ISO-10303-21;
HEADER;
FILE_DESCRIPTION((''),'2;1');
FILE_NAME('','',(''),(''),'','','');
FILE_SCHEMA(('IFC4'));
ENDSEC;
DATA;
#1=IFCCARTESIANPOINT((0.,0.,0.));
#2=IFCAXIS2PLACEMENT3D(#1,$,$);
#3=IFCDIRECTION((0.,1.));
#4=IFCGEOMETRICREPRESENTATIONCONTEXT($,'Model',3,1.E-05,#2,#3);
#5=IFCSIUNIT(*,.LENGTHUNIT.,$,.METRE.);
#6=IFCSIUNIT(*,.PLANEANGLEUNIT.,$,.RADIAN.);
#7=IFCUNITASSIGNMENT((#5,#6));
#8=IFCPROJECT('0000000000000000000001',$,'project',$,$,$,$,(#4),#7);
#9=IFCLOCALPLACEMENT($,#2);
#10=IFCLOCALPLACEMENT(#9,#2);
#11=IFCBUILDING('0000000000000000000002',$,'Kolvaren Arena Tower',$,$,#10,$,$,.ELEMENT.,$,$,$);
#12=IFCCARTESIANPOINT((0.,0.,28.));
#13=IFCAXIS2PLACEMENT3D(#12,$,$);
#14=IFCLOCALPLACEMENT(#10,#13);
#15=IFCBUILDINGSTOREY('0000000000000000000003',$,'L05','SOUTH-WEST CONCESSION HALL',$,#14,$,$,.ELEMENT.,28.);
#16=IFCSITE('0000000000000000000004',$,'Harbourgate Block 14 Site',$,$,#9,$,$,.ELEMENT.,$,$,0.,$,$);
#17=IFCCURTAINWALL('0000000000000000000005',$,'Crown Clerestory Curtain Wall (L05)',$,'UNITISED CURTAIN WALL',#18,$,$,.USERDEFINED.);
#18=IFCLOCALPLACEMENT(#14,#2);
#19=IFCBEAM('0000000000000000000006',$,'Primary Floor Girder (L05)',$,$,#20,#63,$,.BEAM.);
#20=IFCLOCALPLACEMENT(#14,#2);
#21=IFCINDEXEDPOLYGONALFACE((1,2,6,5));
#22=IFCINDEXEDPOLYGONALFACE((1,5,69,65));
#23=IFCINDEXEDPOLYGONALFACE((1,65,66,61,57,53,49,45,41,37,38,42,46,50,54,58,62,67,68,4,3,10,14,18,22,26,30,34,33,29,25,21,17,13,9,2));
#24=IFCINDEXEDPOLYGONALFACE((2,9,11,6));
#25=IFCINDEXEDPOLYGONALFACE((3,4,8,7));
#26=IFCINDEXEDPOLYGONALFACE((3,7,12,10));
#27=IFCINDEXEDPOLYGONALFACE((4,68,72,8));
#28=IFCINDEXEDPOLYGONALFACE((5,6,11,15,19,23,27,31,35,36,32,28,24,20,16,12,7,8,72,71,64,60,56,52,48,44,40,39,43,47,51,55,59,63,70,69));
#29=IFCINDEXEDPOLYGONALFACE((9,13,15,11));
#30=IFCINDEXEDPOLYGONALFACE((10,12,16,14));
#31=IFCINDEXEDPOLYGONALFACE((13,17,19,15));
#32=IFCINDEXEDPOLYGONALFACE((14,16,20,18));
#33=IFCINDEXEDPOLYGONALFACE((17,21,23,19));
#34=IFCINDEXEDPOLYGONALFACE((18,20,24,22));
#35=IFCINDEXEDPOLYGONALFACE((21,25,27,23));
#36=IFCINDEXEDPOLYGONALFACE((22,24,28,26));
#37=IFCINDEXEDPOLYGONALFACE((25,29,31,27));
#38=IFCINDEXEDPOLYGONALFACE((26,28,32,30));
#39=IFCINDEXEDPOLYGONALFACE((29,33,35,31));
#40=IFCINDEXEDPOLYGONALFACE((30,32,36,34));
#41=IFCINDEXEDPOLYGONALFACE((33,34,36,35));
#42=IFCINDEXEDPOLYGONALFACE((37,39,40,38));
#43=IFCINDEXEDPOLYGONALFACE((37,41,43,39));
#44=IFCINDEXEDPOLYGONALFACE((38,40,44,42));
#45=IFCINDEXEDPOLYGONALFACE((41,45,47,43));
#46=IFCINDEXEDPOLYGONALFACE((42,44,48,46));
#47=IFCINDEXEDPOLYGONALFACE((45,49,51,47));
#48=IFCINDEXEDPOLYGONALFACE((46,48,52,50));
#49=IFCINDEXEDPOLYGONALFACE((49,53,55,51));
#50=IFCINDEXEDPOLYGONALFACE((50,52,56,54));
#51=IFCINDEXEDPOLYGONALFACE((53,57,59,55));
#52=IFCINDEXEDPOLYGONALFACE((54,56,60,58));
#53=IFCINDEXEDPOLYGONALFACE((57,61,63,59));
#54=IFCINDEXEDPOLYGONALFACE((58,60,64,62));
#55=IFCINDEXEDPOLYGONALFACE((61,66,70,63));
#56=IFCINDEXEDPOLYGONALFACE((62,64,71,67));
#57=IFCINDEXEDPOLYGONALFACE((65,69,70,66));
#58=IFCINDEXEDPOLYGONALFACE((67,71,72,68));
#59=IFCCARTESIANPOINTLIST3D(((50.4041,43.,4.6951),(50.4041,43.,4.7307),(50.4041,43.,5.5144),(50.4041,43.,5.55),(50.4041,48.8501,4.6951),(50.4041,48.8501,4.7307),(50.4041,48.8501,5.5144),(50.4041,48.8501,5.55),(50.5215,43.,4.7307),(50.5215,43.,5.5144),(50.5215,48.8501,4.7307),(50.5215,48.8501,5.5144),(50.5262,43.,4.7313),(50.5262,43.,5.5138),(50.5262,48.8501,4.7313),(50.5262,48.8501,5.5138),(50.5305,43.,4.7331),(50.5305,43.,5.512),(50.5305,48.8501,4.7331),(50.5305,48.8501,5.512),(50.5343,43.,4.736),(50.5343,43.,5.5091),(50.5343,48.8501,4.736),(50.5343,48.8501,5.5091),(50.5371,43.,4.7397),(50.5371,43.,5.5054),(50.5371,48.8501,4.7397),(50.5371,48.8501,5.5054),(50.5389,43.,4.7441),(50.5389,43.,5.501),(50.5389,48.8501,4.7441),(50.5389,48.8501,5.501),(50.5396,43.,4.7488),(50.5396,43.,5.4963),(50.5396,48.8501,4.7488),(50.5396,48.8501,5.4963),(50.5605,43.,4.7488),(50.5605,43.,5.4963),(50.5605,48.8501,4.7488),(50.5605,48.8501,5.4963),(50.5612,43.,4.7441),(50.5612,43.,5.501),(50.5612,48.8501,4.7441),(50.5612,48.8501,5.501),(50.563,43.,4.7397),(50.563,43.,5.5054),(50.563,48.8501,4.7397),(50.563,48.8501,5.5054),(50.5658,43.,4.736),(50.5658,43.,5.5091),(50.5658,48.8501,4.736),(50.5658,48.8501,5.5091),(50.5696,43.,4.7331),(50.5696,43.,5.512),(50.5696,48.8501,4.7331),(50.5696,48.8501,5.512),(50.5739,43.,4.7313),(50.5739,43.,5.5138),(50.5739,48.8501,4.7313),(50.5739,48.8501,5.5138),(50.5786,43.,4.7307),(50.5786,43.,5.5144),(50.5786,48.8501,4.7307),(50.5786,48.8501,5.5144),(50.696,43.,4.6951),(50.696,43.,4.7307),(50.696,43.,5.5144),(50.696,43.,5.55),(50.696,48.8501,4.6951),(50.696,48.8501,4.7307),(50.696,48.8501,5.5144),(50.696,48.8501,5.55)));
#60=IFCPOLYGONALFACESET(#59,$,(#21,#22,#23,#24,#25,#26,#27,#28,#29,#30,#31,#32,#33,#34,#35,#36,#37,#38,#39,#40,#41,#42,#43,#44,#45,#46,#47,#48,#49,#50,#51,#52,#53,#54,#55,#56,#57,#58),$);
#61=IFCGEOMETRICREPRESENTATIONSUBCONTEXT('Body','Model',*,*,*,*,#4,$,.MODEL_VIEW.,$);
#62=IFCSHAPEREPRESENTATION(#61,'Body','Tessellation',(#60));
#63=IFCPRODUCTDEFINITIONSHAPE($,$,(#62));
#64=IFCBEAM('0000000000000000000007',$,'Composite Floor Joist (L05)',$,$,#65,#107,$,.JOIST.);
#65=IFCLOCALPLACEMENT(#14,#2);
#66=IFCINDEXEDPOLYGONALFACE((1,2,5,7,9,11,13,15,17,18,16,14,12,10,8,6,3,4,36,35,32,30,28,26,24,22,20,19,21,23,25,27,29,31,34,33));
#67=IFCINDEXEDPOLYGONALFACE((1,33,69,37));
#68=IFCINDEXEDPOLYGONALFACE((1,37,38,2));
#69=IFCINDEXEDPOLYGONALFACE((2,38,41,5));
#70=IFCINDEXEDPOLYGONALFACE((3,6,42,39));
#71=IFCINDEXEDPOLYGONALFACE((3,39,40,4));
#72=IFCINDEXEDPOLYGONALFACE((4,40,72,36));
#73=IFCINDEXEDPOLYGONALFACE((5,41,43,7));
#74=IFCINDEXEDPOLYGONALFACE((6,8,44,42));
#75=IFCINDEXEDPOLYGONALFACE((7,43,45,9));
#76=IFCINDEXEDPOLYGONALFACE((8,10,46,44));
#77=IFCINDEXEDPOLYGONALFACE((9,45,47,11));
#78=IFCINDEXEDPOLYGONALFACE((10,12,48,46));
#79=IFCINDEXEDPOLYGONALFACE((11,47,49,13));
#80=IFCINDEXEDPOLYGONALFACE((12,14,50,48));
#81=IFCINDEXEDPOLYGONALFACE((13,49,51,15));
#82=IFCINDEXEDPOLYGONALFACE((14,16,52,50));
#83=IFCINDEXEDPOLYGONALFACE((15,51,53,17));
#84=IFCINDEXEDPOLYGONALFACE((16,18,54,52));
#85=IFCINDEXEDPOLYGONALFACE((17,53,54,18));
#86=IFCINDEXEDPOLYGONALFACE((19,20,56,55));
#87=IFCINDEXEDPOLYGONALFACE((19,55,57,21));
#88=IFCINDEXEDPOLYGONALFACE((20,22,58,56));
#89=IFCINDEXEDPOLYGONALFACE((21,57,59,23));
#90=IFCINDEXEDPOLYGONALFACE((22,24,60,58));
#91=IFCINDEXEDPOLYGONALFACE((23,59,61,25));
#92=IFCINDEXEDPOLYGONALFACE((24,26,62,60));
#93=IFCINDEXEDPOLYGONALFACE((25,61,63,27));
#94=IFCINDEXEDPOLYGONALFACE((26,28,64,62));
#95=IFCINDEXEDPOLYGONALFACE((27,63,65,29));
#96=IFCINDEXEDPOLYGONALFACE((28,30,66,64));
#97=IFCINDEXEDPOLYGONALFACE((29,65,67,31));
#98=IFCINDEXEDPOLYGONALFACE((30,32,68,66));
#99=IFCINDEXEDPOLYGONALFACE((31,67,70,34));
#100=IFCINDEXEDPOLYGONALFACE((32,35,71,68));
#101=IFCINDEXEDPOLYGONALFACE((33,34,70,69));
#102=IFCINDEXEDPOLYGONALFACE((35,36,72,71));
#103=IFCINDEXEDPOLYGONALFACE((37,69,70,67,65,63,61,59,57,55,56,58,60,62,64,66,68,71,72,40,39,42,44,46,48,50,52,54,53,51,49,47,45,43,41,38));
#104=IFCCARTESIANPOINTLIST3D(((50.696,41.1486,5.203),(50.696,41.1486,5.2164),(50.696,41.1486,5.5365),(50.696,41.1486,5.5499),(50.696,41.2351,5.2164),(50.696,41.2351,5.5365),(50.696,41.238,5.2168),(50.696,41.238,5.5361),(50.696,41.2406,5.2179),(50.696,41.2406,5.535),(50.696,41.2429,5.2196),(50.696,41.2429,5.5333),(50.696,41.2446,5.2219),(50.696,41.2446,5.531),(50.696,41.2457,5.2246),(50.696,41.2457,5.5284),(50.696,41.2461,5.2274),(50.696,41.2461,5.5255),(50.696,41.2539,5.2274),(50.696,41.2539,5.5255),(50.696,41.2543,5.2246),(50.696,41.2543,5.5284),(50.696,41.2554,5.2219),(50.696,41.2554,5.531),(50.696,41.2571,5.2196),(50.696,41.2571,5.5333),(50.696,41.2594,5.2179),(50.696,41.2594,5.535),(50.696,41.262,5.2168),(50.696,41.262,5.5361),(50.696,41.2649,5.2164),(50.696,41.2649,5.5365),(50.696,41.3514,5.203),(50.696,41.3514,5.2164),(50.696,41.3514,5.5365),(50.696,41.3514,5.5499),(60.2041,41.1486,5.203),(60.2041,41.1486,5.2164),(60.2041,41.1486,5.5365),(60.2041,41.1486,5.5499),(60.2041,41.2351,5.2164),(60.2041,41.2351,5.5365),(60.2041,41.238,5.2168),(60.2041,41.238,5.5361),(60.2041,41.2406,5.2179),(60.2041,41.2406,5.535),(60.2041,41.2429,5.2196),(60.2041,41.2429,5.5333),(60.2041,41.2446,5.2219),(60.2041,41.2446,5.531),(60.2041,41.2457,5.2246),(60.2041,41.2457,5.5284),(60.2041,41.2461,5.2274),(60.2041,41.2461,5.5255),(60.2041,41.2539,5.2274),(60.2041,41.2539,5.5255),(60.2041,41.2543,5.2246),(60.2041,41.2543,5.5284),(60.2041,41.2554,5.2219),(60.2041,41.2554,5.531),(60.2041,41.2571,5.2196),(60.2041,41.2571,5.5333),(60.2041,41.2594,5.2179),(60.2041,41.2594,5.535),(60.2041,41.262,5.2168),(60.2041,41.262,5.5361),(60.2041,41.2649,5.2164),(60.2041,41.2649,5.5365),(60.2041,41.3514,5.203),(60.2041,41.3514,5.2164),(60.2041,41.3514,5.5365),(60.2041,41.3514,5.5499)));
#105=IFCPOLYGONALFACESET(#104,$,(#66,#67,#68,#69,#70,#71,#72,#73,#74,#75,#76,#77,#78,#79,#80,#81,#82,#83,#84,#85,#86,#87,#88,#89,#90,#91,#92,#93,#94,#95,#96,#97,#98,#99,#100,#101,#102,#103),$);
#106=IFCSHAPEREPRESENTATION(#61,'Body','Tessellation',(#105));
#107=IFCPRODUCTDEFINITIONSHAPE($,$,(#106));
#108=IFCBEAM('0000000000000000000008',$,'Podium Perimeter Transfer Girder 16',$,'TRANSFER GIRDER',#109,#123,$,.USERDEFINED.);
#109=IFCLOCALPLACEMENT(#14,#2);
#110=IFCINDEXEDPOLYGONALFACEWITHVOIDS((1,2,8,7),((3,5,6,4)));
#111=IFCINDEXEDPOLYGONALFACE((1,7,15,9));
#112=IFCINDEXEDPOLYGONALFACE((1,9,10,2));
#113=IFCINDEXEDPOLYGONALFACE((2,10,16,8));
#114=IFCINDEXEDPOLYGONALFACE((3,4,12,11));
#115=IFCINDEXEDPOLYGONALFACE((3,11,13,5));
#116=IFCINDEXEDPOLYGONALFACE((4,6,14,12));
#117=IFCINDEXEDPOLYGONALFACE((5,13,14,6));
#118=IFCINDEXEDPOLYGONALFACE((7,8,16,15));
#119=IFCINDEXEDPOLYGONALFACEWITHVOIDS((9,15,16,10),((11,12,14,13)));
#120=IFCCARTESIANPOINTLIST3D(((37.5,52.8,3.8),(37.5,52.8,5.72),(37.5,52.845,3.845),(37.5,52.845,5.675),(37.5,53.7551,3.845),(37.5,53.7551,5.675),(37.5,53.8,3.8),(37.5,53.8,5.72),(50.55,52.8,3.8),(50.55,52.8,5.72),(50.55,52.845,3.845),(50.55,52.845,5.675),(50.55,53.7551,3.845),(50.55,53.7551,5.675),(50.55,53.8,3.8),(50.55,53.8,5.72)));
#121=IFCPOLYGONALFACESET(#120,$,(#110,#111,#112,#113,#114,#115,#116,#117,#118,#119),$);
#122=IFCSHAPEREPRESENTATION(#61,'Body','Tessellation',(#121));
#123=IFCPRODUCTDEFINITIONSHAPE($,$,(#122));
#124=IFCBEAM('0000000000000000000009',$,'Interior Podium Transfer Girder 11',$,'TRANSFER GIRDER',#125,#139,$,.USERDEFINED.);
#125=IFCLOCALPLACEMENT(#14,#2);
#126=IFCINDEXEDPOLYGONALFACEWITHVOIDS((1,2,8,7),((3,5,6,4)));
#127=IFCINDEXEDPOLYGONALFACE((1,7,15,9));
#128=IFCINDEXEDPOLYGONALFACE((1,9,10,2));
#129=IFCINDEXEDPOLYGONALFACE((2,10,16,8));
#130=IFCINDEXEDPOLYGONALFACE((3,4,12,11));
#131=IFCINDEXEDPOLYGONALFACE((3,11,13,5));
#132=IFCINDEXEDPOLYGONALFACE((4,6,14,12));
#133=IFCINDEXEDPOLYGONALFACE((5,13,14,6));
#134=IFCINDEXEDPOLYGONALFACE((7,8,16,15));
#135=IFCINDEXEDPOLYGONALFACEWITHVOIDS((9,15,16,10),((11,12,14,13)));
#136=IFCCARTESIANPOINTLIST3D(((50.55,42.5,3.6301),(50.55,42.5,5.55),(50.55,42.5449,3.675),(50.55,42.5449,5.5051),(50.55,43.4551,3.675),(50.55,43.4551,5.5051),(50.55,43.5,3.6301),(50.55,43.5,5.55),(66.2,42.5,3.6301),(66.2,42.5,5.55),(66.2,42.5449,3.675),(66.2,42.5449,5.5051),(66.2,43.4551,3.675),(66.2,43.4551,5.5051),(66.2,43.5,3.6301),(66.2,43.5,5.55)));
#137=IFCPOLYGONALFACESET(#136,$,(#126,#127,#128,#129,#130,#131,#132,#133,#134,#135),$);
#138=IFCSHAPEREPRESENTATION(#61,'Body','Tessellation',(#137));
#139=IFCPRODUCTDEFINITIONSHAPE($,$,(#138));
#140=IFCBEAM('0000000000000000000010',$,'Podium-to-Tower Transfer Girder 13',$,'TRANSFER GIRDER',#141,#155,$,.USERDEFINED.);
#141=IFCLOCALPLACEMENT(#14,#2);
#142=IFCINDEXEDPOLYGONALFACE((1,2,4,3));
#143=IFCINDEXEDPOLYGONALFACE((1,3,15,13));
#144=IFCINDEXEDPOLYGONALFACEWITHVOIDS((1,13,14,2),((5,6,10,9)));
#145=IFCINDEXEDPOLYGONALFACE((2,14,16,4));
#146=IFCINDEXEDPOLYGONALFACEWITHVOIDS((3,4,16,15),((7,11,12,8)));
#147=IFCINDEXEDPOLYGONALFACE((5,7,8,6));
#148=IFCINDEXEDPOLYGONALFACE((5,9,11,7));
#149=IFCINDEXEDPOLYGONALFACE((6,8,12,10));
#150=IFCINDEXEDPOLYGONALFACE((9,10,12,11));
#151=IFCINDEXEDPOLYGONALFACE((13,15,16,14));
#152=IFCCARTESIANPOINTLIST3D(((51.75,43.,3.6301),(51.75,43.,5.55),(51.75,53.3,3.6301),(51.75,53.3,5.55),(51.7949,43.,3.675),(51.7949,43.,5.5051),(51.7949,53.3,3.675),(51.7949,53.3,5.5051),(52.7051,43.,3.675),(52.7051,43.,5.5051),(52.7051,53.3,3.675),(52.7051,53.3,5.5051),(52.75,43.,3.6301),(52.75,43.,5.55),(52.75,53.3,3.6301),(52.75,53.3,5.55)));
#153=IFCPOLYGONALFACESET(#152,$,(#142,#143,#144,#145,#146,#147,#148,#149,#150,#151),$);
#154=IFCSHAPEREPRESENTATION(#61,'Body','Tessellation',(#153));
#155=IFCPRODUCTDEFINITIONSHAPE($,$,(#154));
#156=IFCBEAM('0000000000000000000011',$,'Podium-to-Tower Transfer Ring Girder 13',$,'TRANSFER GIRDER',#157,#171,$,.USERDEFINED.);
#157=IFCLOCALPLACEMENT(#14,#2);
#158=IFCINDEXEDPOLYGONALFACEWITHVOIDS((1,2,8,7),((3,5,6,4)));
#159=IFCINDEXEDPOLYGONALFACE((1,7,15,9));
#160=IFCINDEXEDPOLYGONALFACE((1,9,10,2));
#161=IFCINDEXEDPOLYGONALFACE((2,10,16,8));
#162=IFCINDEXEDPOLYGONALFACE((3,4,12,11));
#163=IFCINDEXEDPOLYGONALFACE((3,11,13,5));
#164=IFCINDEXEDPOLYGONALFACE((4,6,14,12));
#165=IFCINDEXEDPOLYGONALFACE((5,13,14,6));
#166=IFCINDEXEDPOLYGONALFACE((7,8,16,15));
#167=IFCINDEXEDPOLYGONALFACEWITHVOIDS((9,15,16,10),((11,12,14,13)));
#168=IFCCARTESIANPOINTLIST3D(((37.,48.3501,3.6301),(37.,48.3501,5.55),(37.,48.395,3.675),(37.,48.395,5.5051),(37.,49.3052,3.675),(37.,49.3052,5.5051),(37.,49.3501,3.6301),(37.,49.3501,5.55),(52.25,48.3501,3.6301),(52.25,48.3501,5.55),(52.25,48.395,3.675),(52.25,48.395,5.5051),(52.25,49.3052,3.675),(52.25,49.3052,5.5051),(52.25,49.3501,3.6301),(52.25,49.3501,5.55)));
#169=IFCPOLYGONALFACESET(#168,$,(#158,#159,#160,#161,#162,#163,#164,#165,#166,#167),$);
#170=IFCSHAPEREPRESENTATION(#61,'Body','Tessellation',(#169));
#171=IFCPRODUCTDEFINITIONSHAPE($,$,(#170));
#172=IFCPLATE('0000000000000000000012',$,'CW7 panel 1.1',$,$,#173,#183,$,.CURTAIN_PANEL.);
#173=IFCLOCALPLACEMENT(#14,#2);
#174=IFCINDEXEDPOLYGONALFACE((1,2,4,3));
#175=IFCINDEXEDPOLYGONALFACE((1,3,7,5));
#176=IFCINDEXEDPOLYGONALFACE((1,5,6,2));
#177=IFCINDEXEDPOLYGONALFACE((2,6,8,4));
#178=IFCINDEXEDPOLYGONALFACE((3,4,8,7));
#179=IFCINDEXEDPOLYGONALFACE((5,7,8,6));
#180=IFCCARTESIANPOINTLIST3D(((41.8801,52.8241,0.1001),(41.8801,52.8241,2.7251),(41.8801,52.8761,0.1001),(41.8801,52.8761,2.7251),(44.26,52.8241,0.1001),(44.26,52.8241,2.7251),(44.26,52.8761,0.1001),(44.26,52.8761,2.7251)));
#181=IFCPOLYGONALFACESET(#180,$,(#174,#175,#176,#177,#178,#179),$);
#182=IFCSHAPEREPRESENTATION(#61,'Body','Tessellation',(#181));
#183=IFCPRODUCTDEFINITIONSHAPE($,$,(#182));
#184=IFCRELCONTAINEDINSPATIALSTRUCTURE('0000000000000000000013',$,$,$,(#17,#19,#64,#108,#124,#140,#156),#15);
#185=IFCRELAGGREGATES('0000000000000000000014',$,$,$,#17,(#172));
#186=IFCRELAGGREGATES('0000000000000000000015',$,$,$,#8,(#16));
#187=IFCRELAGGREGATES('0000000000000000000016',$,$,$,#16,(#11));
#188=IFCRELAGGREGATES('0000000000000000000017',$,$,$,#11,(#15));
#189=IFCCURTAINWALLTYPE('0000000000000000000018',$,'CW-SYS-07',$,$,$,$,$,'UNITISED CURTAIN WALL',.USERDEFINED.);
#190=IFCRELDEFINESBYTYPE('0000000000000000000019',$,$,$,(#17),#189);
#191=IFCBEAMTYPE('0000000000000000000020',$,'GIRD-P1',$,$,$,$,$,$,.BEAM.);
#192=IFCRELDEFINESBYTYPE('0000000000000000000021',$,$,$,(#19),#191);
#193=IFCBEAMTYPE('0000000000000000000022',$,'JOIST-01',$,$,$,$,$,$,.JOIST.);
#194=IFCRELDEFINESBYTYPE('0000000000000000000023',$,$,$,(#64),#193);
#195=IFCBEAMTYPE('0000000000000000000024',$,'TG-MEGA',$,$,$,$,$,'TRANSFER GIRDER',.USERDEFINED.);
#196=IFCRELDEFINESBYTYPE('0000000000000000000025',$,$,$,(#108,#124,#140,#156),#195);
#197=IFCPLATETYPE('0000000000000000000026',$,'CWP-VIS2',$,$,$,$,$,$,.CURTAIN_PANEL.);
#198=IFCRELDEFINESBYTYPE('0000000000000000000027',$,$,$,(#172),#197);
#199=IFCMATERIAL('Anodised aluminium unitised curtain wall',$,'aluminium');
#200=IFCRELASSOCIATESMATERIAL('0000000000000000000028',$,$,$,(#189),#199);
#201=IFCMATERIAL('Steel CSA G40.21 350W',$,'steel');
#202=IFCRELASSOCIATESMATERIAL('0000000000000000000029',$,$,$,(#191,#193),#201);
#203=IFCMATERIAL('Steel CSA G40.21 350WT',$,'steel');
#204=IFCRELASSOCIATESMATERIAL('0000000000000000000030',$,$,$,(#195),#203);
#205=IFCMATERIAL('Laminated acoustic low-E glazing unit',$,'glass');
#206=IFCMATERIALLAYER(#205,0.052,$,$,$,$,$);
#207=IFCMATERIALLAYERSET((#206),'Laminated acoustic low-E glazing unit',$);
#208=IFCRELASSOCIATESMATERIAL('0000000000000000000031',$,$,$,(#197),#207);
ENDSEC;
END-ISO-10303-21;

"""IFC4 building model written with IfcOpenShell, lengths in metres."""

from ifc_helpers import new_model, si_unit, direction, frame, origin, origin_2d, place, context, subcontext, project, spatial, rectangle, hollow_rectangle, i_section, extrude, material, layer, layer_set, material_profile, profile_set, type_object, element, aggregate, save


model = new_model("IFC4")

# Units and contexts
model_context = context("Model", 3, precision=1e-05, world=origin(), true_north=direction((0.0, 1.0)))
body_context = subcontext(model_context, "Body", "Model", "MODEL_VIEW")
ifc_project = project(units=[si_unit("LENGTHUNIT", "METRE"), si_unit("PLANEANGLEUNIT", "RADIAN")], contexts=[model_context])

# Site, building, storey
site_placement = place(None, origin())
site = spatial("IfcSite", under=ifc_project, at=site_placement, Name="Harbourgate Block 14 Site", CompositionType="ELEMENT", RefElevation=0.0)
building_placement = place(site_placement, origin())
building = spatial("IfcBuilding", under=site, at=building_placement, Name="Kolvaren Arena Tower", CompositionType="ELEMENT")
storey_placement = place(building_placement, frame((0.0, 0.0, 28.0)))
storey = spatial("IfcBuildingStorey", under=building, at=storey_placement, Name="L05", Description="SOUTH-WEST CONCESSION HALL", CompositionType="ELEMENT", Elevation=28.0)

# Curtain wall
ifc_material_1 = material(Name="Anodised aluminium unitised curtain wall", Category="aluminium")
curtain_wall_type = type_object("IfcCurtainWallType", Name="CW-SYS-07", ElementType="UNITISED CURTAIN WALL", PredefinedType="USERDEFINED", material=ifc_material_1)
curtain_wall_placement = place(storey_placement, origin())
curtain_wall = element("IfcCurtainWall", 1, at=curtain_wall_placement, inside=storey, type_object=curtain_wall_type, Name="Crown Clerestory Curtain Wall (L05)", ObjectType="UNITISED CURTAIN WALL", PredefinedType="USERDEFINED")

# Beams
ifc_material_2 = material(Name="Steel CSA G40.21 350W", Category="steel")
ifc_material_profile_1 = material_profile(ifc_material_2, i_section(OverallWidth=0.292, OverallDepth=0.855, WebThickness=0.021, FlangeThickness=0.0356, FilletRadius=0.0181, at=origin_2d()), Name="W840x299")
ifc_profile_set_1 = profile_set([ifc_material_profile_1], Name="Steel CSA G40.21 350W")
beam_type_1 = type_object("IfcBeamType", Name="GIRD-P1", PredefinedType="BEAM", material=ifc_profile_set_1)
beam_1_placement = place(storey_placement, frame((50.55, 43.0, 5.1226), z_axis=(0.0, 1.0, 0.0), x_axis=(-1.0, 0.0, 0.0)))
element("IfcBeam", 2, at=beam_1_placement, inside=storey, type_object=beam_type_1, Name="Primary Floor Girder (L05)", PredefinedType="BEAM", context=body_context, shape_type="SweptSolid", body=[
    extrude(i_section(OverallWidth=0.292, OverallDepth=0.855, WebThickness=0.021, FlangeThickness=0.0356, FilletRadius=0.0181, at=origin_2d()), origin(), (0.0, 0.0, 1.0), 5.8501),
])
ifc_material_profile_2 = material_profile(ifc_material_2, i_section(OverallWidth=0.2029, OverallDepth=0.3469, WebThickness=0.0078, FlangeThickness=0.0134, FilletRadius=0.011, at=origin_2d()), Name="W360x64")
ifc_profile_set_2 = profile_set([ifc_material_profile_2], Name="Steel CSA G40.21 350W")
beam_type_2 = type_object("IfcBeamType", Name="JOIST-01", PredefinedType="JOIST", material=ifc_profile_set_2)
beam_2_placement = place(storey_placement, frame((50.696, 41.25, 5.3765), z_axis=(1.0, 0.0, 0.0), x_axis=(0.0, 1.0, 0.0)))
element("IfcBeam", 3, at=beam_2_placement, inside=storey, type_object=beam_type_2, Name="Composite Floor Joist (L05)", PredefinedType="JOIST", context=body_context, shape_type="SweptSolid", body=[
    extrude(i_section(OverallWidth=0.2029, OverallDepth=0.3469, WebThickness=0.0078, FlangeThickness=0.0134, FilletRadius=0.011, at=origin_2d()), origin(), (0.0, 0.0, 1.0), 9.5081),
])
ifc_material_3 = material(Name="Steel CSA G40.21 350WT", Category="steel")
ifc_material_profile_3 = material_profile(ifc_material_3, hollow_rectangle(XDim=1.0, YDim=1.9199, WallThickness=0.0449, at=origin_2d()), Name="BOX 1000x1920x45")
ifc_profile_set_3 = profile_set([ifc_material_profile_3], Name="Steel CSA G40.21 350WT")
beam_type_3 = type_object("IfcBeamType", Name="TG-MEGA", ElementType="TRANSFER GIRDER", PredefinedType="USERDEFINED", material=ifc_profile_set_3)
beam_3_placement = place(storey_placement, frame((50.55, 53.3, 4.76), z_axis=(-1.0, 0.0, 0.0), x_axis=(0.0, -1.0, 0.0)))
element("IfcBeam", 4, at=beam_3_placement, inside=storey, type_object=beam_type_3, Name="Podium Perimeter Transfer Girder 16", ObjectType="TRANSFER GIRDER", PredefinedType="USERDEFINED", context=body_context, shape_type="SweptSolid", body=[
    extrude(hollow_rectangle(XDim=1.0, YDim=1.9199, WallThickness=0.0449, at=origin_2d()), origin(), (0.0, 0.0, 1.0), 13.05),
])
beam_4_placement = place(storey_placement, frame((50.55, 43.0, 4.5901), z_axis=(1.0, 0.0, 0.0), x_axis=(0.0, 1.0, 0.0)))
element("IfcBeam", 5, at=beam_4_placement, inside=storey, type_object=beam_type_3, Name="Interior Podium Transfer Girder 11", ObjectType="TRANSFER GIRDER", PredefinedType="USERDEFINED", context=body_context, shape_type="SweptSolid", body=[
    extrude(hollow_rectangle(XDim=1.0, YDim=1.9199, WallThickness=0.0449, at=origin_2d()), origin(), (0.0, 0.0, 1.0), 15.6499),
])
beam_5_placement = place(storey_placement, frame((52.25, 43.0, 4.5901), z_axis=(0.0, 1.0, 0.0), x_axis=(-1.0, 0.0, 0.0)))
element("IfcBeam", 6, at=beam_5_placement, inside=storey, type_object=beam_type_3, Name="Podium-to-Tower Transfer Girder 13", ObjectType="TRANSFER GIRDER", PredefinedType="USERDEFINED", context=body_context, shape_type="SweptSolid", body=[
    extrude(hollow_rectangle(XDim=1.0, YDim=1.9199, WallThickness=0.0449, at=origin_2d()), origin(), (0.0, 0.0, 1.0), 10.3),
])
beam_6_placement = place(storey_placement, frame((52.25, 48.8501, 4.5901), z_axis=(-1.0, 0.0, 0.0), x_axis=(0.0, -1.0, 0.0)))
element("IfcBeam", 7, at=beam_6_placement, inside=storey, type_object=beam_type_3, Name="Podium-to-Tower Transfer Ring Girder 13", ObjectType="TRANSFER GIRDER", PredefinedType="USERDEFINED", context=body_context, shape_type="SweptSolid", body=[
    extrude(hollow_rectangle(XDim=1.0, YDim=1.9199, WallThickness=0.0449, at=origin_2d()), origin(), (0.0, 0.0, 1.0), 15.25),
])

# Plate
ifc_material_4 = material(Name="Laminated acoustic low-E glazing unit", Category="glass")
ifc_layer_1 = layer(ifc_material_4, 0.052)
ifc_layer_set_1 = layer_set([ifc_layer_1], Name="Laminated acoustic low-E glazing unit")
plate_type = type_object("IfcPlateType", Name="CWP-VIS2", PredefinedType="CURTAIN_PANEL", material=ifc_layer_set_1)
plate_1_placement = place(storey_placement, frame((43.0701, 52.8501, 0.1001), z_axis=(0.0, 0.0, 1.0), x_axis=(1.0, 0.0, 0.0)))
plate_1 = element("IfcPlate", 8, at=plate_1_placement, type_object=plate_type, Name="CW7 panel 1.1", PredefinedType="CURTAIN_PANEL", context=body_context, shape_type="SweptSolid", body=[
    extrude(rectangle(XDim=2.3799, YDim=0.052, at=origin_2d()), origin(), (0.0, 0.0, 1.0), 2.625),
])
aggregate(curtain_wall, [plate_1])

save(model, "model.ifc")
